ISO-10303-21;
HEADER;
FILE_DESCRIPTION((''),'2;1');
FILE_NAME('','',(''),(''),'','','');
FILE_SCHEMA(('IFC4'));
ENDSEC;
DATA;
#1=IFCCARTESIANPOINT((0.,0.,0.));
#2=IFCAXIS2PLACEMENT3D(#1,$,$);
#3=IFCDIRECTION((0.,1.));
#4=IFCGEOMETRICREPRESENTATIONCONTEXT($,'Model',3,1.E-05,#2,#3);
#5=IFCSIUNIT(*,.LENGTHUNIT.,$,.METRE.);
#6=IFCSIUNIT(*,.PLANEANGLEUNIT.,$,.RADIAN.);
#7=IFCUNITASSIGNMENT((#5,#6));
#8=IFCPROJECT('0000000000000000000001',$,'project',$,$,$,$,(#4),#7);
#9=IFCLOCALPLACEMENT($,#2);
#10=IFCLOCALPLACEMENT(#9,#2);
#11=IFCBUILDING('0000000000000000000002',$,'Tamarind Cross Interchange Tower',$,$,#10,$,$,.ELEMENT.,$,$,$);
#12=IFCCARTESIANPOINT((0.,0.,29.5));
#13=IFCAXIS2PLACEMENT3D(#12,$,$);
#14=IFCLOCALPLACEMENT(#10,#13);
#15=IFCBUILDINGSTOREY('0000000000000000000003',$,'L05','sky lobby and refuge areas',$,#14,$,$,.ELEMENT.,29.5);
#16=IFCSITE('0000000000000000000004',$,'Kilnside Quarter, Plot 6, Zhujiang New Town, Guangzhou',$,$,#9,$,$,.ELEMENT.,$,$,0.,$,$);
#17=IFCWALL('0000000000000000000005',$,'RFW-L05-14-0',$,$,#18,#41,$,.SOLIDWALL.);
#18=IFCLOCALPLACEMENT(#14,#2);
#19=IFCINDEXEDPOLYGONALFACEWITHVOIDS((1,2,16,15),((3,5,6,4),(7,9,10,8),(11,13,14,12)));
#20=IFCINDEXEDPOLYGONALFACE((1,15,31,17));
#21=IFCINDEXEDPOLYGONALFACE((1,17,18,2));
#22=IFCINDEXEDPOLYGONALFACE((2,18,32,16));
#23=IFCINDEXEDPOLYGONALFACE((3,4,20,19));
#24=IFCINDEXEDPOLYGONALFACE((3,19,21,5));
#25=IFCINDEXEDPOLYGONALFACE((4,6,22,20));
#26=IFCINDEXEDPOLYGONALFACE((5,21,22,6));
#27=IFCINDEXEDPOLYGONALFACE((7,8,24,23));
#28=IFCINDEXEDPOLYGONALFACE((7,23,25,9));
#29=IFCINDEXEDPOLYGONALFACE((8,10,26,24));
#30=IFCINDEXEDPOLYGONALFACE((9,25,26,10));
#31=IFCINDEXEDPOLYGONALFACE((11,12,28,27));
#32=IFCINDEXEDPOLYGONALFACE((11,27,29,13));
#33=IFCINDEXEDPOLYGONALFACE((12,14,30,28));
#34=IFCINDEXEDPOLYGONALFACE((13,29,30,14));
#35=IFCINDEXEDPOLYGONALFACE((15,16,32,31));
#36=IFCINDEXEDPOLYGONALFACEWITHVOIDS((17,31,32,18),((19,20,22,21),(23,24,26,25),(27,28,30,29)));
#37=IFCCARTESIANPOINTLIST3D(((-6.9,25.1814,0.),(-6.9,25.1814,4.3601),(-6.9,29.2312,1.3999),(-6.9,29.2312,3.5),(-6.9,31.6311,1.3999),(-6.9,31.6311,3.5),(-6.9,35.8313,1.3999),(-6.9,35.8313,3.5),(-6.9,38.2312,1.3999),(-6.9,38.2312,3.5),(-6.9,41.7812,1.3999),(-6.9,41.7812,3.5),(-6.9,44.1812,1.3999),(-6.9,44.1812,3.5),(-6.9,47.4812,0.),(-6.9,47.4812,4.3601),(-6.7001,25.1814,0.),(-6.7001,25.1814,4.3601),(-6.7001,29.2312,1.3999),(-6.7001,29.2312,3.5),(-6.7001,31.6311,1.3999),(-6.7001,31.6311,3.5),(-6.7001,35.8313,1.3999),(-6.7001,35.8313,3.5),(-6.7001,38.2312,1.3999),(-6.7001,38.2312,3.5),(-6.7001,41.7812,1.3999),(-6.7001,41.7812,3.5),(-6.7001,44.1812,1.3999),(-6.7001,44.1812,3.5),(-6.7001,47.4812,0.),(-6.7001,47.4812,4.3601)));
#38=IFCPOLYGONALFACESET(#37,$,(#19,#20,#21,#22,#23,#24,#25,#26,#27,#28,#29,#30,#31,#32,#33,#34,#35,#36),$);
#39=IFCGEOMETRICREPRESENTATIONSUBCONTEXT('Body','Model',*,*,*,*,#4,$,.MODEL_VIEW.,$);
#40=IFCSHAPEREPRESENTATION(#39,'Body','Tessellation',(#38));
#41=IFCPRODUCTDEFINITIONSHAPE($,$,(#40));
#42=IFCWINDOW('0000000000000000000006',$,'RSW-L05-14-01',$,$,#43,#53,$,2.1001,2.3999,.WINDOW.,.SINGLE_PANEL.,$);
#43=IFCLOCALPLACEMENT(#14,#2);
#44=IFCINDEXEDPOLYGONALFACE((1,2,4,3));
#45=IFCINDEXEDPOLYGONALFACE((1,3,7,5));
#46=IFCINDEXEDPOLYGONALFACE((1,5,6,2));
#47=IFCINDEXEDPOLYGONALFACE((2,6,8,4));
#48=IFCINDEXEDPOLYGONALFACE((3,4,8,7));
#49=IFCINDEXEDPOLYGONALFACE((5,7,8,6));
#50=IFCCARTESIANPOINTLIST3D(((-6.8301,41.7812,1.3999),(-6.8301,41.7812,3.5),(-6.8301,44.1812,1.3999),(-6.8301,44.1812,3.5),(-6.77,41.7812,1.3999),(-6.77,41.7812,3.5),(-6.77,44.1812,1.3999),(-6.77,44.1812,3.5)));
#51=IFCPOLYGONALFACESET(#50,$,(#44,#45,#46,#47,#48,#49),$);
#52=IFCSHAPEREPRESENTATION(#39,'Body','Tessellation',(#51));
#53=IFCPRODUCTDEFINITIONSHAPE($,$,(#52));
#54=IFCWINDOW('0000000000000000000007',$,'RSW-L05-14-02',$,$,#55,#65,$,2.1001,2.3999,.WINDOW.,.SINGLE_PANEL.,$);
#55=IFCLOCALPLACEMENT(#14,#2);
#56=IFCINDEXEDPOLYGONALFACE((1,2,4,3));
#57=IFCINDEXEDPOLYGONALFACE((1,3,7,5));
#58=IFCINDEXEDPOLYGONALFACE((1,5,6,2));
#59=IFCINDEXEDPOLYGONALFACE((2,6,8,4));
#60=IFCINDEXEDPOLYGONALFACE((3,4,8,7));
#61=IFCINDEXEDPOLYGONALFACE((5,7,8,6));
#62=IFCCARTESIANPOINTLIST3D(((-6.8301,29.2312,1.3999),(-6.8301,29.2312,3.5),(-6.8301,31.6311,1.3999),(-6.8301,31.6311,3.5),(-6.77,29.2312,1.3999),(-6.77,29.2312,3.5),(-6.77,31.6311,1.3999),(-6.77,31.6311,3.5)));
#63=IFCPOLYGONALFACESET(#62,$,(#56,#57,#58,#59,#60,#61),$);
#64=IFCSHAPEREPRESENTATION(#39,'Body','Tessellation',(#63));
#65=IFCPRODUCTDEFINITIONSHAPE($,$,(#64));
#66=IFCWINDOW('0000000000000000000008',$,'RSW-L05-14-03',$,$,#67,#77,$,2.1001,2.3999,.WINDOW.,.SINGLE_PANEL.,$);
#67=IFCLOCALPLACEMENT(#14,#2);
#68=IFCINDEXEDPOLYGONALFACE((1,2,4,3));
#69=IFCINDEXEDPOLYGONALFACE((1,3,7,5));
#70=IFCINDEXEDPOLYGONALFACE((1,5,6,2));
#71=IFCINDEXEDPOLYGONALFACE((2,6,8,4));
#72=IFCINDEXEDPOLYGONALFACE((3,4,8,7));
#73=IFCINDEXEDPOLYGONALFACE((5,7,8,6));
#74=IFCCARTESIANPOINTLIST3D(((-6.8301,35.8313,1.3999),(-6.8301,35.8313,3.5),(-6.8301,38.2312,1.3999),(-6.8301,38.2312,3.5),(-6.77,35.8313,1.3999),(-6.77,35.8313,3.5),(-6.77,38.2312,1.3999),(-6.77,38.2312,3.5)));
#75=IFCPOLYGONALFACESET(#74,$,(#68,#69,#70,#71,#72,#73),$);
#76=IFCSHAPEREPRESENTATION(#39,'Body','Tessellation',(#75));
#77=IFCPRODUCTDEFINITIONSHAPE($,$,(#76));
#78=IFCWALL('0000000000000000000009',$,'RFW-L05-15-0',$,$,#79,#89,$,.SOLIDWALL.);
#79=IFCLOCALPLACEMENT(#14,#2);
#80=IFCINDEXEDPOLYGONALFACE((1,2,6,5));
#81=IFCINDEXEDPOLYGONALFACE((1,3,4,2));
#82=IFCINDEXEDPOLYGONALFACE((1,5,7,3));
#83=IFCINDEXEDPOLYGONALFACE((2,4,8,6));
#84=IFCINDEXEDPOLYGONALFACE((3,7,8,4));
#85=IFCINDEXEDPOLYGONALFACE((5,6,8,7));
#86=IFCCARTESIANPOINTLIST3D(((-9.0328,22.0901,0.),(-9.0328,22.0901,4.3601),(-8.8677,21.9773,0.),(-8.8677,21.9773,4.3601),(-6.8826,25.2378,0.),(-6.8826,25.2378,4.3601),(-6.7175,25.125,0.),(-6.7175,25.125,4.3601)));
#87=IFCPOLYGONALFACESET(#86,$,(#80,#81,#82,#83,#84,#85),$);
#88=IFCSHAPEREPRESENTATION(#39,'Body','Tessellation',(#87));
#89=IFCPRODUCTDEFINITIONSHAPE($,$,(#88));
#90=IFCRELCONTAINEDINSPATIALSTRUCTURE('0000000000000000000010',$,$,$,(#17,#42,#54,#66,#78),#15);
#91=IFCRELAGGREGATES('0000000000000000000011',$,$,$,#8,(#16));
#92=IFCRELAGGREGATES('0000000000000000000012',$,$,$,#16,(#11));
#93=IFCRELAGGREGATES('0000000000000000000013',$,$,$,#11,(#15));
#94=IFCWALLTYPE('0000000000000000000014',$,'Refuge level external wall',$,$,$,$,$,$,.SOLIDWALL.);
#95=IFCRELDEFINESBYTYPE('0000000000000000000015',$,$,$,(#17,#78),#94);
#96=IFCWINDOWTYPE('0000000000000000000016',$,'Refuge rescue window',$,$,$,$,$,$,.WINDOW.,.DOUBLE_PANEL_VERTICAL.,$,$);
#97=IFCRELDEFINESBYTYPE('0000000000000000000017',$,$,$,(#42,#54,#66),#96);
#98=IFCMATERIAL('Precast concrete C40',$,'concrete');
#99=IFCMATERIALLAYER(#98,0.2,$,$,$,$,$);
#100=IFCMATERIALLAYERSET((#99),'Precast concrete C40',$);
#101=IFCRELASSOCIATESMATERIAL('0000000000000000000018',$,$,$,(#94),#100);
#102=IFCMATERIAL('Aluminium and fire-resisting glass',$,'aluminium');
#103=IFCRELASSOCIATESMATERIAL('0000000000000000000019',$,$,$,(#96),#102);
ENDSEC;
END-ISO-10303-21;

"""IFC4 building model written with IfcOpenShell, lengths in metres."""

from ifc_helpers import new_model, si_unit, direction, frame, frame_2d, origin, place, context, subcontext, project, spatial, rectangle, extrude, material, layer, layer_set, type_object, element, fill, save


model = new_model("IFC4")

# Units and contexts
model_context = context("Model", 3, precision=1e-05, world=origin(), true_north=direction((0.0, 1.0)))
body_context = subcontext(model_context, "Body", "Model", "MODEL_VIEW")
ifc_project = project(units=[si_unit("LENGTHUNIT", "METRE"), si_unit("PLANEANGLEUNIT", "RADIAN")], contexts=[model_context])

# Site, building, storey
site_placement = place(None, origin())
site = spatial("IfcSite", under=ifc_project, at=site_placement, Name="Kilnside Quarter, Plot 6, Zhujiang New Town, Guangzhou", CompositionType="ELEMENT", RefElevation=0.0)
building_placement = place(site_placement, origin())
building = spatial("IfcBuilding", under=site, at=building_placement, Name="Tamarind Cross Interchange Tower", CompositionType="ELEMENT")
storey_placement = place(building_placement, frame((0.0, 0.0, 29.5)))
storey = spatial("IfcBuildingStorey", under=building, at=storey_placement, Name="L05", Description="sky lobby and refuge areas", CompositionType="ELEMENT", Elevation=29.5)

# Shared definitions
ifc_material_1 = material(Name="Precast concrete C40", Category="concrete")
ifc_layer_1 = layer(ifc_material_1, 0.2)
ifc_layer_set_1 = layer_set([ifc_layer_1], Name="Precast concrete C40")
wall_type_1 = type_object("IfcWallType", Name="Refuge level external wall", PredefinedType="SOLIDWALL", material=ifc_layer_set_1)

# Wall, openings, windows
wall_1_placement = place(storey_placement, frame((-6.8, 47.4812, 0.0), z_axis=(0.0, 0.0, 1.0), x_axis=(0.0, -1.0, 0.0)))
wall_1 = element("IfcWall", 1, at=wall_1_placement, inside=storey, type_object=wall_type_1, Name="RFW-L05-14-0", PredefinedType="SOLIDWALL", context=body_context, shape_type="SweptSolid", body=[
    extrude(rectangle(XDim=22.2998, YDim=0.2, at=frame_2d((11.1499, 0.0))), origin(), (0.0, 0.0, 1.0), 4.3601),
])
opening_1_placement = place(wall_1_placement, frame((3.3, 0.0, 1.3999)))
opening_1 = element("IfcOpeningElement", 2, at=opening_1_placement, cuts=wall_1, PredefinedType="OPENING", context=body_context, shape_type="SweptSolid", body=[
    extrude(rectangle(XDim=2.3999, YDim=2.1001, at=frame_2d((1.2, 1.05))), frame((0.0, 0.1099, 0.0), z_axis=(0.0, -1.0, 0.0), x_axis=(1.0, 0.0, 0.0)), (0.0, 0.0, 1.0), 0.22),
])
opening_2_placement = place(wall_1_placement, frame((15.8501, 0.0, 1.3999)))
opening_2 = element("IfcOpeningElement", 3, at=opening_2_placement, cuts=wall_1, PredefinedType="OPENING", context=body_context, shape_type="SweptSolid", body=[
    extrude(rectangle(XDim=2.3999, YDim=2.1001, at=frame_2d((1.2, 1.05))), frame((0.0, 0.1099, 0.0), z_axis=(0.0, -1.0, 0.0), x_axis=(1.0, 0.0, 0.0)), (0.0, 0.0, 1.0), 0.22),
])
opening_3_placement = place(wall_1_placement, frame((9.25, 0.0, 1.3999)))
opening_3 = element("IfcOpeningElement", 4, at=opening_3_placement, cuts=wall_1, PredefinedType="OPENING", context=body_context, shape_type="SweptSolid", body=[
    extrude(rectangle(XDim=2.3999, YDim=2.1001, at=frame_2d((1.2, 1.05))), frame((0.0, 0.1099, 0.0), z_axis=(0.0, -1.0, 0.0), x_axis=(1.0, 0.0, 0.0)), (0.0, 0.0, 1.0), 0.22),
])
ifc_material_2 = material(Name="Aluminium and fire-resisting glass", Category="aluminium")
window_type = type_object("IfcWindowType", Name="Refuge rescue window", PartitioningType="DOUBLE_PANEL_VERTICAL", PredefinedType="WINDOW", material=ifc_material_2)
window_1_placement = place(opening_1_placement, origin())
window_1 = element("IfcWindow", 5, at=window_1_placement, inside=storey, type_object=window_type, Name="RSW-L05-14-01", OverallHeight=2.1001, OverallWidth=2.3999, PartitioningType="SINGLE_PANEL", PredefinedType="WINDOW", context=body_context, shape_type="SweptSolid", body=[
    extrude(rectangle(XDim=2.3999, YDim=2.1001, at=frame_2d((1.2, 1.05))), frame((0.0, 0.03, 0.0), z_axis=(0.0, -1.0, 0.0), x_axis=(1.0, 0.0, 0.0)), (0.0, 0.0, 1.0), 0.0601),
])
fill(opening_1, window_1)
window_2_placement = place(opening_2_placement, origin())
window_2 = element("IfcWindow", 6, at=window_2_placement, inside=storey, type_object=window_type, Name="RSW-L05-14-02", OverallHeight=2.1001, OverallWidth=2.3999, PartitioningType="SINGLE_PANEL", PredefinedType="WINDOW", context=body_context, shape_type="SweptSolid", body=[
    extrude(rectangle(XDim=2.3999, YDim=2.1001, at=frame_2d((1.2, 1.05))), frame((0.0, 0.03, 0.0), z_axis=(0.0, -1.0, 0.0), x_axis=(1.0, 0.0, 0.0)), (0.0, 0.0, 1.0), 0.0601),
])
fill(opening_2, window_2)
window_3_placement = place(opening_3_placement, origin())
window_3 = element("IfcWindow", 7, at=window_3_placement, inside=storey, type_object=window_type, Name="RSW-L05-14-03", OverallHeight=2.1001, OverallWidth=2.3999, PartitioningType="SINGLE_PANEL", PredefinedType="WINDOW", context=body_context, shape_type="SweptSolid", body=[
    extrude(rectangle(XDim=2.3999, YDim=2.1001, at=frame_2d((1.2, 1.05))), frame((0.0, 0.03, 0.0), z_axis=(0.0, -1.0, 0.0), x_axis=(1.0, 0.0, 0.0)), (0.0, 0.0, 1.0), 0.0601),
])
fill(opening_3, window_3)

# Wall
wall_2_placement = place(storey_placement, frame((-6.8, 25.1814, 0.0), z_axis=(0.0, 0.0, 1.0), x_axis=(-0.56405, -0.825741, 0.0)))
element("IfcWall", 8, at=wall_2_placement, inside=storey, type_object=wall_type_1, Name="RFW-L05-15-0", PredefinedType="SOLIDWALL", context=body_context, shape_type="SweptSolid", body=[
    extrude(rectangle(XDim=3.812, YDim=0.2, at=frame_2d((1.906, 0.0))), origin(), (0.0, 0.0, 1.0), 4.3601),
])

save(model, "model.ifc")
